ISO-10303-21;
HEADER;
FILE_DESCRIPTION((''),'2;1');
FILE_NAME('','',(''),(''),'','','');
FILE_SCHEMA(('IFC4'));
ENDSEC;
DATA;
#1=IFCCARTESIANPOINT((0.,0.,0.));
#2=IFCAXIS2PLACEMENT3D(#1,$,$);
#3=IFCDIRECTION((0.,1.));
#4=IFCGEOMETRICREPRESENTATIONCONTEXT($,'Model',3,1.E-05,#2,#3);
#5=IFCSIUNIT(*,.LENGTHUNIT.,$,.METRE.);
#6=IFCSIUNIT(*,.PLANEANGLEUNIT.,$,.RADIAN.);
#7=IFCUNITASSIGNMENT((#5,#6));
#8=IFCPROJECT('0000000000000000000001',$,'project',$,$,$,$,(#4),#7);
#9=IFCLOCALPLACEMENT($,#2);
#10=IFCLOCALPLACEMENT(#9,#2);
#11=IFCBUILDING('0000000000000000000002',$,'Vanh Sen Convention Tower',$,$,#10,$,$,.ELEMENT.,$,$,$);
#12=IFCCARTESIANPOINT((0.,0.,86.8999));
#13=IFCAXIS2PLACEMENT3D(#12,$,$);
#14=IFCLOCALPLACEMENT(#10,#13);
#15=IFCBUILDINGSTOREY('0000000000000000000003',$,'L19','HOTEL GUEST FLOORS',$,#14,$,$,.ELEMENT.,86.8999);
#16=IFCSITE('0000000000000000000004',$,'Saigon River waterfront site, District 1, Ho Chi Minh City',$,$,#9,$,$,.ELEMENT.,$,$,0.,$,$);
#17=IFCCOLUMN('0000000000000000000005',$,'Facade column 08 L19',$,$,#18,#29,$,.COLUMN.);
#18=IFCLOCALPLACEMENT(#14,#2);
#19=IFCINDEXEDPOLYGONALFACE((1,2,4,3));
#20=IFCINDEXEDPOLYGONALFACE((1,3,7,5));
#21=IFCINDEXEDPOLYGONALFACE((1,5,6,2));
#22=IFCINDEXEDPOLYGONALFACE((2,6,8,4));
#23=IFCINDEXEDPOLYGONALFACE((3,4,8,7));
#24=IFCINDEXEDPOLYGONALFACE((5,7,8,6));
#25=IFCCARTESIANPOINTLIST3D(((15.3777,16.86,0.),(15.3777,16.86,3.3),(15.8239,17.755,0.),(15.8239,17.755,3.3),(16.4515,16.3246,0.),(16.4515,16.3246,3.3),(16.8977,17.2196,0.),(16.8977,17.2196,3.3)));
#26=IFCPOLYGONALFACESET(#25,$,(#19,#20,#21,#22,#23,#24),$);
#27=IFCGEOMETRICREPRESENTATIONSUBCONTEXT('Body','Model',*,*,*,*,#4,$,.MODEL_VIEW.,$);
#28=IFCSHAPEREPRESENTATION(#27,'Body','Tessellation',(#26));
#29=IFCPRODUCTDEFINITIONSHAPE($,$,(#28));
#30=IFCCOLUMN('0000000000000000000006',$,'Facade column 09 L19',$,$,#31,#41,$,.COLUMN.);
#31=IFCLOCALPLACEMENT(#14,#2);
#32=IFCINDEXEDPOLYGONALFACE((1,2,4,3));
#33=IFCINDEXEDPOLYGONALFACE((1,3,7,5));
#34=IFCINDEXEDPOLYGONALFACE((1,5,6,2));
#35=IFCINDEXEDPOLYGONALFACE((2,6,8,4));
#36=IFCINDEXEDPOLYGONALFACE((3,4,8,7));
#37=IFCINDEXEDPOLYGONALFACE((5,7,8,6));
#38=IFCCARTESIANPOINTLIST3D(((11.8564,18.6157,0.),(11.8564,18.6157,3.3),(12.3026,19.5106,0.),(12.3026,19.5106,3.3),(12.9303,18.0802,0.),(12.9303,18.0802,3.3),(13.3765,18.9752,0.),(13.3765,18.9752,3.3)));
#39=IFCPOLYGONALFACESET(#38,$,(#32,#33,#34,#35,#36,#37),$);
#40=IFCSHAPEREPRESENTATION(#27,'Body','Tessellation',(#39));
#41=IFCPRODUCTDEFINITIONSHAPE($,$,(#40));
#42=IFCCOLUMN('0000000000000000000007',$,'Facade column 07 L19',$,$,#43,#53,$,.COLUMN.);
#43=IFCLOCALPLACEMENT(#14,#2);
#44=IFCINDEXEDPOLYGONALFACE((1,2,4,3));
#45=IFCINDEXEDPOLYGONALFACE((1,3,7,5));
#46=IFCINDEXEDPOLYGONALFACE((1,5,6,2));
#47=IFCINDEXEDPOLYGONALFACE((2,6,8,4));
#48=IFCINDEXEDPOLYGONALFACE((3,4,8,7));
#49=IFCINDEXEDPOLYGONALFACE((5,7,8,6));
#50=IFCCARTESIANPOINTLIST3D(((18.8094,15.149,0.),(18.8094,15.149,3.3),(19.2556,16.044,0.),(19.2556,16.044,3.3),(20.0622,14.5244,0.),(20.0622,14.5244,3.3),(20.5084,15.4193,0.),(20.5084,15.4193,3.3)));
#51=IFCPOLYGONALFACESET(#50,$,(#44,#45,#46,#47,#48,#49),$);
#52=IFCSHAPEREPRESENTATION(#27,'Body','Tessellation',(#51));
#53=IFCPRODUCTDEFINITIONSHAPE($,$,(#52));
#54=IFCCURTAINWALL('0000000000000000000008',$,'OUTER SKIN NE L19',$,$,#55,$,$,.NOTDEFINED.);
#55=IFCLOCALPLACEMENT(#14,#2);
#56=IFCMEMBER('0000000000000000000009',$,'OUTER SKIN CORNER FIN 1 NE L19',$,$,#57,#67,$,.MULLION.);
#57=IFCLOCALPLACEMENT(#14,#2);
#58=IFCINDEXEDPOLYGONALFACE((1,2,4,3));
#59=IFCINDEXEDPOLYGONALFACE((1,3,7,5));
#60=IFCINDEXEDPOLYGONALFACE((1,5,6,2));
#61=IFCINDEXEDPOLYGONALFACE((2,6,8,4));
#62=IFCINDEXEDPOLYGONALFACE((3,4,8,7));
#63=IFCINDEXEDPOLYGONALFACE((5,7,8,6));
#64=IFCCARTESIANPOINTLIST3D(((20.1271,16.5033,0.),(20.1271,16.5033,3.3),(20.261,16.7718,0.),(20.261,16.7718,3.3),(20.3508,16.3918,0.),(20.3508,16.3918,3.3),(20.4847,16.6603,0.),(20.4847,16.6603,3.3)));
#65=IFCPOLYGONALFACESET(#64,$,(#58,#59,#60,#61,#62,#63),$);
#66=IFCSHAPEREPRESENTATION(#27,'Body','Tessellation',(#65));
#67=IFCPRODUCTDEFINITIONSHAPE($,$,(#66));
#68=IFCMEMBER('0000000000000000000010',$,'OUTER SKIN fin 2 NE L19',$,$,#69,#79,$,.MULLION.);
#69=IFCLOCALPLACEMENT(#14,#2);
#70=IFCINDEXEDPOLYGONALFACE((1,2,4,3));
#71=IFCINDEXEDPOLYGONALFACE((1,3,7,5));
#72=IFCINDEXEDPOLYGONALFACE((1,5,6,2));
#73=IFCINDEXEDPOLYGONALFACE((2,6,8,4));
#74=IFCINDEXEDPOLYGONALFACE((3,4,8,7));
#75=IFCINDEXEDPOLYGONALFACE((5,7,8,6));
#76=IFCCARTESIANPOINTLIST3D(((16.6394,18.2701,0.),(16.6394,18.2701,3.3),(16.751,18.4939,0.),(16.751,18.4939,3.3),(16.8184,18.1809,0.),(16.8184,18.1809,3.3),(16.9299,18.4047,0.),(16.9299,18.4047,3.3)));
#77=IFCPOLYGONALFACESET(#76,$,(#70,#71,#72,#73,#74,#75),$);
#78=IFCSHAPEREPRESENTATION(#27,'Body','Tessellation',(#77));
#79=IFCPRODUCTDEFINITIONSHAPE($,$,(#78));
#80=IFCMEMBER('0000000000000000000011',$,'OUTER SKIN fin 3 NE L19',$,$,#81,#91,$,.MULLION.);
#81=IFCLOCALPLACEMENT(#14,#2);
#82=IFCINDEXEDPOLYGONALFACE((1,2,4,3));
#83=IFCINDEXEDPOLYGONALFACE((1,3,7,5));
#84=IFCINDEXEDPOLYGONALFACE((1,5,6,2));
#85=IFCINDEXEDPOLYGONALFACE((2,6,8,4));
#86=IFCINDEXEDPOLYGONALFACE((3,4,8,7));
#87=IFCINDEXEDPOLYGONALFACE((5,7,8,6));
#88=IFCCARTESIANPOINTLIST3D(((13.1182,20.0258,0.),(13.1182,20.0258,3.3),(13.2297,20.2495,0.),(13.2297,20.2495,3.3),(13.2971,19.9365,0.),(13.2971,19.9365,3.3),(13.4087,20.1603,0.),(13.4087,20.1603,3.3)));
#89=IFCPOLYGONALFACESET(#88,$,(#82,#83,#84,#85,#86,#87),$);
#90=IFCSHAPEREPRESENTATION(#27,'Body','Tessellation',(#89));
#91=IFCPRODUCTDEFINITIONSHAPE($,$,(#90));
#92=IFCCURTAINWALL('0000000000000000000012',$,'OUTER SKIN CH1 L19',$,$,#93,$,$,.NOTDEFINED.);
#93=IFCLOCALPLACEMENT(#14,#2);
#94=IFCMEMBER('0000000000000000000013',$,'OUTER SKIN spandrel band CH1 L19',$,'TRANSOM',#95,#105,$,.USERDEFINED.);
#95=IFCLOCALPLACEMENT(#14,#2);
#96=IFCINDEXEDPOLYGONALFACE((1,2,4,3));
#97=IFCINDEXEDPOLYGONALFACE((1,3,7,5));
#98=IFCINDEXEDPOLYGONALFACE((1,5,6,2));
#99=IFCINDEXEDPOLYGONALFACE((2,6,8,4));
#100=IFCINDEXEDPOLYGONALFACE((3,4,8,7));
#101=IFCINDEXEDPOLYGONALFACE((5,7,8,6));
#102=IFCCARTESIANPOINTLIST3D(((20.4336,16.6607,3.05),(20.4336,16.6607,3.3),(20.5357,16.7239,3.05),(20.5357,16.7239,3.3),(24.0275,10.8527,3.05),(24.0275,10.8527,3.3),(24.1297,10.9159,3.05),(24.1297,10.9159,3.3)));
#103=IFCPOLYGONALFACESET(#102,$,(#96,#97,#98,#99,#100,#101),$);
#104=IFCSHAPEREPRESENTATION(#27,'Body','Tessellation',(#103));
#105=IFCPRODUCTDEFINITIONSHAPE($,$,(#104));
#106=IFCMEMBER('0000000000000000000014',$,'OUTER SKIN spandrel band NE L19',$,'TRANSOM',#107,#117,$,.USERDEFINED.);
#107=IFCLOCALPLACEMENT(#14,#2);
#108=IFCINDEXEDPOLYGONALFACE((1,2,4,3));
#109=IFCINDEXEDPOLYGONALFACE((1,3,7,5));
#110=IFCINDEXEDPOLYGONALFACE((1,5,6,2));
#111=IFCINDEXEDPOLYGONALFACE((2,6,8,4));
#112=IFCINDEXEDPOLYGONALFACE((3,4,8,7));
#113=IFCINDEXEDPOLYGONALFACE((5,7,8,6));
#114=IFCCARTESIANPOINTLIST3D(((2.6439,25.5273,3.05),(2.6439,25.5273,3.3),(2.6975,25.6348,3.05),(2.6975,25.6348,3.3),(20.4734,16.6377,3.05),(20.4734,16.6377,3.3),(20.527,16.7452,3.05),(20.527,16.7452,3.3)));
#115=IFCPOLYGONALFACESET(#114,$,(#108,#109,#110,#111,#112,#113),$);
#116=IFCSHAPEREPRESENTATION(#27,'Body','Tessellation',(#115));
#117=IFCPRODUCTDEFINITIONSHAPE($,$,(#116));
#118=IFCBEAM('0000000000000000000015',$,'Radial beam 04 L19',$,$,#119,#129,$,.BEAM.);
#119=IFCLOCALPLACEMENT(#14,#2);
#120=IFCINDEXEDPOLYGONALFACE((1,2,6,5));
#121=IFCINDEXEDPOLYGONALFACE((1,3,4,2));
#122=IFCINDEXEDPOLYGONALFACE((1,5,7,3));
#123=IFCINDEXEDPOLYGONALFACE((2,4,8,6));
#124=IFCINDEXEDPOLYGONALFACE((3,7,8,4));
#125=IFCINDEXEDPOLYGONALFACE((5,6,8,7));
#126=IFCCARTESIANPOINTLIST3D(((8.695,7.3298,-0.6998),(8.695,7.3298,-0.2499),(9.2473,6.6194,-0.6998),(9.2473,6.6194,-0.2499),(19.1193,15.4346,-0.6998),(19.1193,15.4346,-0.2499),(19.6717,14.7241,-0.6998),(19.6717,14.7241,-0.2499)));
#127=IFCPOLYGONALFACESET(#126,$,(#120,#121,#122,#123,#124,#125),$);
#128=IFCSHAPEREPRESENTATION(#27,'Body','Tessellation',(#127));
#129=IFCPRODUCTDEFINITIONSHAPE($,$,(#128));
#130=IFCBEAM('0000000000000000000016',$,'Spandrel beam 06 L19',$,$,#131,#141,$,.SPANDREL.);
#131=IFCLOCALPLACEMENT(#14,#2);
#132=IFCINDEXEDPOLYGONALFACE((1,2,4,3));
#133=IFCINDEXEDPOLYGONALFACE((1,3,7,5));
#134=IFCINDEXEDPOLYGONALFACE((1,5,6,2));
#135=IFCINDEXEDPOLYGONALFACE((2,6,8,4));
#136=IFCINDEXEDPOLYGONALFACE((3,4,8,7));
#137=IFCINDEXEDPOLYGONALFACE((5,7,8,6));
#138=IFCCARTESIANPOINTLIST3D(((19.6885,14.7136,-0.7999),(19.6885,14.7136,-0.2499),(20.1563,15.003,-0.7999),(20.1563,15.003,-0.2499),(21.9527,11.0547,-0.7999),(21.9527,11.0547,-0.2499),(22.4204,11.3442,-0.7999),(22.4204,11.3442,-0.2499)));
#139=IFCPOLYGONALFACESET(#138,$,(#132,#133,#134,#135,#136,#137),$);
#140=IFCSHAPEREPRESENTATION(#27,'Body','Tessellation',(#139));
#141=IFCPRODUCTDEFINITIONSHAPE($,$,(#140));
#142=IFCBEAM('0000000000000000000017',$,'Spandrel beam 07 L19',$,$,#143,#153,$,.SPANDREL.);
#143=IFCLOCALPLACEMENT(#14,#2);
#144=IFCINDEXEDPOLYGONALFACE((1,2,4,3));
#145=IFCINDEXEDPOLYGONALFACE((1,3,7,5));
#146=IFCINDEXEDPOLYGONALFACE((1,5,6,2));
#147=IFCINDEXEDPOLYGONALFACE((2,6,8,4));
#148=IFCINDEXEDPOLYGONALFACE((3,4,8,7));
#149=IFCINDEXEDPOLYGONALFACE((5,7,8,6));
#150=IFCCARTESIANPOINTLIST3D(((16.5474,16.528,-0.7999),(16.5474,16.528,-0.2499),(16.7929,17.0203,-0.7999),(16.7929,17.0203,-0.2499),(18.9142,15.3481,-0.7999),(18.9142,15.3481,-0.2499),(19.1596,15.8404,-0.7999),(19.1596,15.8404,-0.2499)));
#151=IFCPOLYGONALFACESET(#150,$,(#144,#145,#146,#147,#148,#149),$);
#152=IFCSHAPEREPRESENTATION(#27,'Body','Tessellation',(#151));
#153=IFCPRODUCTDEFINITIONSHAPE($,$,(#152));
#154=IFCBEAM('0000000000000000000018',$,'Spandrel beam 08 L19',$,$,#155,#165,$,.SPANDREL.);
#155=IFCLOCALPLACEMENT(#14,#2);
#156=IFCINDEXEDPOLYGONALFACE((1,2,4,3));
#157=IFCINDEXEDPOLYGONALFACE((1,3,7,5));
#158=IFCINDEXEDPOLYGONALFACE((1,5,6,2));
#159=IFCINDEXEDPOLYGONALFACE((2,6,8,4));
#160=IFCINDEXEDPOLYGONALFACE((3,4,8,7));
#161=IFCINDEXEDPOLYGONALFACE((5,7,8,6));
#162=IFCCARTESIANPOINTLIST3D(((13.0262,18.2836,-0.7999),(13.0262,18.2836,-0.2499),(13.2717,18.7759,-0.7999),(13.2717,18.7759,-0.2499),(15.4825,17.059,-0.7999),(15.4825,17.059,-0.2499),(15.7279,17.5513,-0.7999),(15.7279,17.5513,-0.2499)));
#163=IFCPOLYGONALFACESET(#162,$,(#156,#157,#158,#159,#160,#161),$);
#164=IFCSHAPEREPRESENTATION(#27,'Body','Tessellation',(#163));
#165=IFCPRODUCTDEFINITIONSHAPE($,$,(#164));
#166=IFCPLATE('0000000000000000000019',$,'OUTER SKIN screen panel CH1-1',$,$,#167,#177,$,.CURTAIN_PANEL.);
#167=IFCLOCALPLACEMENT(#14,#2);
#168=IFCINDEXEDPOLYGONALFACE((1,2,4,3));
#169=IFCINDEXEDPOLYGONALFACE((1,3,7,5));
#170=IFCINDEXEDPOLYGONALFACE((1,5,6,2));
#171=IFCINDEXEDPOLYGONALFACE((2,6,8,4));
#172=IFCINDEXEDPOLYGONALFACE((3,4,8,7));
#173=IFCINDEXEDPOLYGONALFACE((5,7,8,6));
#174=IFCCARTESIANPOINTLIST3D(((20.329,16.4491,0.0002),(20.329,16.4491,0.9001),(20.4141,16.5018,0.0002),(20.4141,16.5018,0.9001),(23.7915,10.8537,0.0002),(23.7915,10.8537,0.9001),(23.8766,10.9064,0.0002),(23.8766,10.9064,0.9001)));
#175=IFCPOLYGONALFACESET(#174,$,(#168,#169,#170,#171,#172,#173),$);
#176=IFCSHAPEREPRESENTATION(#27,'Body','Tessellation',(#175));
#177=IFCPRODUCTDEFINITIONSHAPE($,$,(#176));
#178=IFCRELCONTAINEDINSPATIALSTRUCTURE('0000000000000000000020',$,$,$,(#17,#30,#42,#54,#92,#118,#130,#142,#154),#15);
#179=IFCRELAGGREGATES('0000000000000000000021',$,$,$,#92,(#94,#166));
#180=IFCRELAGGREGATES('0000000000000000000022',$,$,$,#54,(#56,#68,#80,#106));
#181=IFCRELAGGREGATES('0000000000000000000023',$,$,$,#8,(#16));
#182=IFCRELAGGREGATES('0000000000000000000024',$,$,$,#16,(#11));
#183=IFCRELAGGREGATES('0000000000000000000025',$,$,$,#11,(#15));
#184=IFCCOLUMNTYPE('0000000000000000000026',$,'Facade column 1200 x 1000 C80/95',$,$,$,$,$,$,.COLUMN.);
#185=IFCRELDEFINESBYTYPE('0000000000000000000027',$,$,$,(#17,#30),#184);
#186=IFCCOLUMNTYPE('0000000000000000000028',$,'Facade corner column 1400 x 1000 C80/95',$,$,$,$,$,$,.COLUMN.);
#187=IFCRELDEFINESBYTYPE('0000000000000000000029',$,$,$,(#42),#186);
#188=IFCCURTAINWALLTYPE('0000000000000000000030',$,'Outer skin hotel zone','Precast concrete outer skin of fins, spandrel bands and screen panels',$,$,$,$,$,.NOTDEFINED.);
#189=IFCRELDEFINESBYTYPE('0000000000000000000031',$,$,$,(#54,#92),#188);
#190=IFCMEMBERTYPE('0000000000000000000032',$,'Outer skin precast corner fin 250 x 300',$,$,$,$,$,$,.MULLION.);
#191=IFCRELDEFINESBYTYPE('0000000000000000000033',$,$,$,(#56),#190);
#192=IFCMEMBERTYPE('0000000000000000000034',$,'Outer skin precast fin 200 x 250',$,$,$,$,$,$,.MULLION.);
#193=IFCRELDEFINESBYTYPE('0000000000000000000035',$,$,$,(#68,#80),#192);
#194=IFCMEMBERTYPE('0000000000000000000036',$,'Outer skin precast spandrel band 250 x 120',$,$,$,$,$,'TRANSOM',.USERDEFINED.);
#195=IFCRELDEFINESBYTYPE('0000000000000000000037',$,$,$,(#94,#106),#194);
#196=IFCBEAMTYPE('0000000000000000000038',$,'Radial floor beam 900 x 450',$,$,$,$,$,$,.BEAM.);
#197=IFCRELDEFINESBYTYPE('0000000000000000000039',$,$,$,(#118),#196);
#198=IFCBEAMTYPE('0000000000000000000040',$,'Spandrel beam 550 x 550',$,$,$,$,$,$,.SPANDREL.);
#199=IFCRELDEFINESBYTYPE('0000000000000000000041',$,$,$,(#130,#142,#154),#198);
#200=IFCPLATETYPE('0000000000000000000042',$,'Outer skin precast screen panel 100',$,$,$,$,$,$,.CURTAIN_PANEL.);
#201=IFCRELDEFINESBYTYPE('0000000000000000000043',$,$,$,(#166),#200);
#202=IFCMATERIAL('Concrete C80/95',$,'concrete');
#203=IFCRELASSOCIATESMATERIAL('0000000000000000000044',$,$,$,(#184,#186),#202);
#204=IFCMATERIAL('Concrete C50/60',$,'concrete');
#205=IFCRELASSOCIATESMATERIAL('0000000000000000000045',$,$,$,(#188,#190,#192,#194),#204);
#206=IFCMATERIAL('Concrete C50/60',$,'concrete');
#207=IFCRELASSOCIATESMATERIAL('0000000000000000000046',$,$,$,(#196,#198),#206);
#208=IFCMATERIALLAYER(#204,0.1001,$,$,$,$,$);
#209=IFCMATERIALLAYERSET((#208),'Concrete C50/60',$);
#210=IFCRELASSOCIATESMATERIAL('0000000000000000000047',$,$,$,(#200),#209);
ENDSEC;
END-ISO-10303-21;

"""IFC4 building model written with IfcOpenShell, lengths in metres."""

from ifc_helpers import new_model, si_unit, direction, frame, origin, origin_2d, place, context, subcontext, project, spatial, rectangle, extrude, material, layer, layer_set, material_profile, profile_set, type_object, element, aggregate, save


model = new_model("IFC4")

# Units and contexts
model_context = context("Model", 3, precision=1e-05, world=origin(), true_north=direction((0.0, 1.0)))
body_context = subcontext(model_context, "Body", "Model", "MODEL_VIEW")
ifc_project = project(units=[si_unit("LENGTHUNIT", "METRE"), si_unit("PLANEANGLEUNIT", "RADIAN")], contexts=[model_context])

# Site, building, storey
site_placement = place(None, origin())
site = spatial("IfcSite", under=ifc_project, at=site_placement, Name="Saigon River waterfront site, District 1, Ho Chi Minh City", CompositionType="ELEMENT", RefElevation=0.0)
building_placement = place(site_placement, origin())
building = spatial("IfcBuilding", under=site, at=building_placement, Name="Vanh Sen Convention Tower", CompositionType="ELEMENT")
storey_placement = place(building_placement, frame((0.0, 0.0, 86.8999)))
storey = spatial("IfcBuildingStorey", under=building, at=storey_placement, Name="L19", Description="HOTEL GUEST FLOORS", CompositionType="ELEMENT", Elevation=86.8999)

# Columns
ifc_material_1 = material(Name="Concrete C80/95", Category="concrete")
ifc_material_profile_1 = material_profile(ifc_material_1, rectangle(XDim=1.2, YDim=1.0, at=origin_2d()), Name="RC 1200X1000")
ifc_profile_set_1 = profile_set([ifc_material_profile_1], Name="Concrete C80/95")
column_type_1 = type_object("IfcColumnType", Name="Facade column 1200 x 1000 C80/95", PredefinedType="COLUMN", material=ifc_profile_set_1)
for number, where, z_axis, x_axis, name in (
    (1, (16.1377, 17.0398, 0.0), (0.0, 0.0, 1.0), (-0.894934, 0.446198, 0.0), "Facade column 08 L19"),
    (2, (12.6165, 18.7954, 0.0), (0.0, 0.0, 1.0), (-0.894934, 0.446198, 0.0), "Facade column 09 L19"),
):
    element("IfcColumn", number, at=place(storey_placement, frame(where, z_axis=z_axis, x_axis=x_axis)), inside=storey, type_object=column_type_1, Name=name, PredefinedType="COLUMN", context=body_context, shape_type="SweptSolid", body=[
        extrude(rectangle(XDim=1.2, YDim=1.0, at=origin_2d()), origin(), (0.0, 0.0, 1.0), 3.3),
    ])
ifc_material_profile_2 = material_profile(ifc_material_1, rectangle(XDim=1.3999, YDim=1.0, at=origin_2d()), Name="RC 1400X1000")
ifc_profile_set_2 = profile_set([ifc_material_profile_2], Name="Concrete C80/95")
column_type_2 = type_object("IfcColumnType", Name="Facade corner column 1400 x 1000 C80/95", PredefinedType="COLUMN", material=ifc_profile_set_2)
column_placement = place(storey_placement, frame((19.6589, 15.2842, 0.0), z_axis=(0.0, 0.0, 1.0), x_axis=(-0.894934, 0.446198, 0.0)))
element("IfcColumn", 3, at=column_placement, inside=storey, type_object=column_type_2, Name="Facade column 07 L19", PredefinedType="COLUMN", context=body_context, shape_type="SweptSolid", body=[
    extrude(rectangle(XDim=1.3999, YDim=1.0, at=origin_2d()), origin(), (0.0, 0.0, 1.0), 3.3),
])

# Curtain wall, members
ifc_material_2 = material(Name="Concrete C50/60", Category="concrete")
curtain_wall_type = type_object("IfcCurtainWallType", Name="Outer skin hotel zone", Description="Precast concrete outer skin of fins, spandrel bands and screen panels", PredefinedType="NOTDEFINED", material=ifc_material_2)
curtain_wall_1_placement = place(storey_placement, origin())
curtain_wall_1 = element("IfcCurtainWall", 4, at=curtain_wall_1_placement, inside=storey, type_object=curtain_wall_type, Name="OUTER SKIN NE L19", PredefinedType="NOTDEFINED")
ifc_material_profile_3 = material_profile(ifc_material_2, rectangle(XDim=0.25, YDim=0.3, at=origin_2d()), Name="Outer skin precast corner fin 250 x 300")
ifc_profile_set_3 = profile_set([ifc_material_profile_3], Name="Concrete C50/60")
member_type_1 = type_object("IfcMemberType", Name="Outer skin precast corner fin 250 x 300", PredefinedType="MULLION", material=ifc_profile_set_3)
member_1_placement = place(storey_placement, frame((20.3059, 16.5818, 0.0), z_axis=(0.0, 0.0, 1.0), x_axis=(-0.894934, 0.446198, 0.0)))
member_1 = element("IfcMember", 5, at=member_1_placement, type_object=member_type_1, Name="OUTER SKIN CORNER FIN 1 NE L19", PredefinedType="MULLION", context=body_context, shape_type="SweptSolid", body=[
    extrude(rectangle(XDim=0.25, YDim=0.3, at=origin_2d()), origin(), (0.0, 0.0, 1.0), 3.3),
])
ifc_material_profile_4 = material_profile(ifc_material_2, rectangle(XDim=0.2, YDim=0.25, at=origin_2d()), Name="Outer skin precast fin 200 x 250")
ifc_profile_set_4 = profile_set([ifc_material_profile_4], Name="Concrete C50/60")
member_type_2 = type_object("IfcMemberType", Name="Outer skin precast fin 200 x 250", PredefinedType="MULLION", material=ifc_profile_set_4)
member_2_placement = place(storey_placement, frame((16.7847, 18.3374, 0.0), z_axis=(0.0, 0.0, 1.0), x_axis=(-0.894934, 0.446198, 0.0)))
member_2 = element("IfcMember", 6, at=member_2_placement, type_object=member_type_2, Name="OUTER SKIN fin 2 NE L19", PredefinedType="MULLION", context=body_context, shape_type="SweptSolid", body=[
    extrude(rectangle(XDim=0.2, YDim=0.25, at=origin_2d()), origin(), (0.0, 0.0, 1.0), 3.3),
])
member_3_placement = place(storey_placement, frame((13.2634, 20.093, 0.0), z_axis=(0.0, 0.0, 1.0), x_axis=(-0.894934, 0.446198, 0.0)))
member_3 = element("IfcMember", 7, at=member_3_placement, type_object=member_type_2, Name="OUTER SKIN fin 3 NE L19", PredefinedType="MULLION", context=body_context, shape_type="SweptSolid", body=[
    extrude(rectangle(XDim=0.2, YDim=0.25, at=origin_2d()), origin(), (0.0, 0.0, 1.0), 3.3),
])

# Curtain wall, member
curtain_wall_2_placement = place(storey_placement, origin())
curtain_wall_2 = element("IfcCurtainWall", 8, at=curtain_wall_2_placement, inside=storey, type_object=curtain_wall_type, Name="OUTER SKIN CH1 L19", PredefinedType="NOTDEFINED")
ifc_material_profile_5 = material_profile(ifc_material_2, rectangle(XDim=0.1201, YDim=0.25, at=origin_2d()), Name="Outer skin precast spandrel band 250 x 120")
ifc_profile_set_5 = profile_set([ifc_material_profile_5], Name="Concrete C50/60")
member_type_3 = type_object("IfcMemberType", Name="Outer skin precast spandrel band 250 x 120", ElementType="TRANSOM", PredefinedType="USERDEFINED", material=ifc_profile_set_5)
member_4_placement = place(storey_placement, frame((24.0786, 10.8843, 3.175), z_axis=(-0.526196, 0.850363, 0.0), x_axis=(-0.850363, -0.526196, 0.0)))
member_4 = element("IfcMember", 9, at=member_4_placement, type_object=member_type_3, Name="OUTER SKIN spandrel band CH1 L19", ObjectType="TRANSOM", PredefinedType="USERDEFINED", context=body_context, shape_type="SweptSolid", body=[
    extrude(rectangle(XDim=0.1201, YDim=0.25, at=origin_2d()), origin(), (0.0, 0.0, 1.0), 6.8301),
])

# Member
member_5_placement = place(storey_placement, frame((20.5002, 16.6914, 3.175), z_axis=(-0.894931, 0.446204, 0.0), x_axis=(-0.446204, -0.894931, 0.0)))
member_5 = element("IfcMember", 10, at=member_5_placement, type_object=member_type_3, Name="OUTER SKIN spandrel band NE L19", ObjectType="TRANSOM", PredefinedType="USERDEFINED", context=body_context, shape_type="SweptSolid", body=[
    extrude(rectangle(XDim=0.1201, YDim=0.25, at=origin_2d()), origin(), (0.0, 0.0, 1.0), 19.9229),
])

# Beams
ifc_material_3 = material(Name="Concrete C50/60", Category="concrete")
ifc_material_profile_6 = material_profile(ifc_material_3, rectangle(XDim=0.8999, YDim=0.45, at=origin_2d()), Name="RC 900X450")
ifc_profile_set_6 = profile_set([ifc_material_profile_6], Name="Concrete C50/60")
beam_type_1 = type_object("IfcBeamType", Name="Radial floor beam 900 x 450", PredefinedType="BEAM", material=ifc_profile_set_6)
beam_1_placement = place(storey_placement, frame((19.3955, 15.0793, -0.4749), z_axis=(-0.789465, -0.613796, 0.0), x_axis=(0.613796, -0.789465, 0.0)))
element("IfcBeam", 11, at=beam_1_placement, inside=storey, type_object=beam_type_1, Name="Radial beam 04 L19", PredefinedType="BEAM", context=body_context, shape_type="SweptSolid", body=[
    extrude(rectangle(XDim=0.8999, YDim=0.45, at=origin_2d()), origin(), (0.0, 0.0, 1.0), 13.2043),
])
ifc_material_profile_7 = material_profile(ifc_material_3, rectangle(XDim=0.55, YDim=0.55, at=origin_2d()), Name="RC 550X550")
ifc_profile_set_7 = profile_set([ifc_material_profile_7], Name="Concrete C50/60")
beam_type_2 = type_object("IfcBeamType", Name="Spandrel beam 550 x 550", PredefinedType="SPANDREL", material=ifc_profile_set_7)
beam_2_placement = place(storey_placement, frame((22.1865, 11.1995, -0.5249), z_axis=(-0.526204, 0.850358, 0.0), x_axis=(-0.850358, -0.526204, 0.0)))
element("IfcBeam", 12, at=beam_2_placement, inside=storey, type_object=beam_type_2, Name="Spandrel beam 06 L19", PredefinedType="SPANDREL", context=body_context, shape_type="SweptSolid", body=[
    extrude(rectangle(XDim=0.55, YDim=0.55, at=origin_2d()), origin(), (0.0, 0.0, 1.0), 4.3027),
])
beam_3_placement = place(storey_placement, frame((19.0369, 15.5942, -0.5249), z_axis=(-0.894944, 0.446179, 0.0), x_axis=(-0.446179, -0.894944, 0.0)))
element("IfcBeam", 13, at=beam_3_placement, inside=storey, type_object=beam_type_2, Name="Spandrel beam 07 L19", PredefinedType="SPANDREL", context=body_context, shape_type="SweptSolid", body=[
    extrude(rectangle(XDim=0.55, YDim=0.55, at=origin_2d()), origin(), (0.0, 0.0, 1.0), 2.6445),
])
beam_4_placement = place(storey_placement, frame((15.6052, 17.3052, -0.5249), z_axis=(-0.894943, 0.446181, 0.0), x_axis=(-0.446181, -0.894943, 0.0)))
element("IfcBeam", 14, at=beam_4_placement, inside=storey, type_object=beam_type_2, Name="Spandrel beam 08 L19", PredefinedType="SPANDREL", context=body_context, shape_type="SweptSolid", body=[
    extrude(rectangle(XDim=0.55, YDim=0.55, at=origin_2d()), origin(), (0.0, 0.0, 1.0), 2.7446),
])

# Plate
ifc_layer_1 = layer(ifc_material_2, 0.1001)
ifc_layer_set_1 = layer_set([ifc_layer_1], Name="Concrete C50/60")
plate_type = type_object("IfcPlateType", Name="Outer skin precast screen panel 100", PredefinedType="CURTAIN_PANEL", material=ifc_layer_set_1)
plate_1_placement = place(storey_placement, frame((22.1028, 13.6777, 0.0002), z_axis=(0.0, 0.0, 1.0), x_axis=(-0.526212, 0.850353, 0.0)))
plate_1 = element("IfcPlate", 15, at=plate_1_placement, type_object=plate_type, Name="OUTER SKIN screen panel CH1-1", PredefinedType="CURTAIN_PANEL", context=body_context, shape_type="SweptSolid", body=[
    extrude(rectangle(XDim=6.5801, YDim=0.1001, at=origin_2d()), origin(), (0.0, 0.0, 1.0), 0.8999),
])
aggregate(curtain_wall_2, [member_4, plate_1])
aggregate(curtain_wall_1, [member_1, member_2, member_3, member_5])

save(model, "model.ifc")
